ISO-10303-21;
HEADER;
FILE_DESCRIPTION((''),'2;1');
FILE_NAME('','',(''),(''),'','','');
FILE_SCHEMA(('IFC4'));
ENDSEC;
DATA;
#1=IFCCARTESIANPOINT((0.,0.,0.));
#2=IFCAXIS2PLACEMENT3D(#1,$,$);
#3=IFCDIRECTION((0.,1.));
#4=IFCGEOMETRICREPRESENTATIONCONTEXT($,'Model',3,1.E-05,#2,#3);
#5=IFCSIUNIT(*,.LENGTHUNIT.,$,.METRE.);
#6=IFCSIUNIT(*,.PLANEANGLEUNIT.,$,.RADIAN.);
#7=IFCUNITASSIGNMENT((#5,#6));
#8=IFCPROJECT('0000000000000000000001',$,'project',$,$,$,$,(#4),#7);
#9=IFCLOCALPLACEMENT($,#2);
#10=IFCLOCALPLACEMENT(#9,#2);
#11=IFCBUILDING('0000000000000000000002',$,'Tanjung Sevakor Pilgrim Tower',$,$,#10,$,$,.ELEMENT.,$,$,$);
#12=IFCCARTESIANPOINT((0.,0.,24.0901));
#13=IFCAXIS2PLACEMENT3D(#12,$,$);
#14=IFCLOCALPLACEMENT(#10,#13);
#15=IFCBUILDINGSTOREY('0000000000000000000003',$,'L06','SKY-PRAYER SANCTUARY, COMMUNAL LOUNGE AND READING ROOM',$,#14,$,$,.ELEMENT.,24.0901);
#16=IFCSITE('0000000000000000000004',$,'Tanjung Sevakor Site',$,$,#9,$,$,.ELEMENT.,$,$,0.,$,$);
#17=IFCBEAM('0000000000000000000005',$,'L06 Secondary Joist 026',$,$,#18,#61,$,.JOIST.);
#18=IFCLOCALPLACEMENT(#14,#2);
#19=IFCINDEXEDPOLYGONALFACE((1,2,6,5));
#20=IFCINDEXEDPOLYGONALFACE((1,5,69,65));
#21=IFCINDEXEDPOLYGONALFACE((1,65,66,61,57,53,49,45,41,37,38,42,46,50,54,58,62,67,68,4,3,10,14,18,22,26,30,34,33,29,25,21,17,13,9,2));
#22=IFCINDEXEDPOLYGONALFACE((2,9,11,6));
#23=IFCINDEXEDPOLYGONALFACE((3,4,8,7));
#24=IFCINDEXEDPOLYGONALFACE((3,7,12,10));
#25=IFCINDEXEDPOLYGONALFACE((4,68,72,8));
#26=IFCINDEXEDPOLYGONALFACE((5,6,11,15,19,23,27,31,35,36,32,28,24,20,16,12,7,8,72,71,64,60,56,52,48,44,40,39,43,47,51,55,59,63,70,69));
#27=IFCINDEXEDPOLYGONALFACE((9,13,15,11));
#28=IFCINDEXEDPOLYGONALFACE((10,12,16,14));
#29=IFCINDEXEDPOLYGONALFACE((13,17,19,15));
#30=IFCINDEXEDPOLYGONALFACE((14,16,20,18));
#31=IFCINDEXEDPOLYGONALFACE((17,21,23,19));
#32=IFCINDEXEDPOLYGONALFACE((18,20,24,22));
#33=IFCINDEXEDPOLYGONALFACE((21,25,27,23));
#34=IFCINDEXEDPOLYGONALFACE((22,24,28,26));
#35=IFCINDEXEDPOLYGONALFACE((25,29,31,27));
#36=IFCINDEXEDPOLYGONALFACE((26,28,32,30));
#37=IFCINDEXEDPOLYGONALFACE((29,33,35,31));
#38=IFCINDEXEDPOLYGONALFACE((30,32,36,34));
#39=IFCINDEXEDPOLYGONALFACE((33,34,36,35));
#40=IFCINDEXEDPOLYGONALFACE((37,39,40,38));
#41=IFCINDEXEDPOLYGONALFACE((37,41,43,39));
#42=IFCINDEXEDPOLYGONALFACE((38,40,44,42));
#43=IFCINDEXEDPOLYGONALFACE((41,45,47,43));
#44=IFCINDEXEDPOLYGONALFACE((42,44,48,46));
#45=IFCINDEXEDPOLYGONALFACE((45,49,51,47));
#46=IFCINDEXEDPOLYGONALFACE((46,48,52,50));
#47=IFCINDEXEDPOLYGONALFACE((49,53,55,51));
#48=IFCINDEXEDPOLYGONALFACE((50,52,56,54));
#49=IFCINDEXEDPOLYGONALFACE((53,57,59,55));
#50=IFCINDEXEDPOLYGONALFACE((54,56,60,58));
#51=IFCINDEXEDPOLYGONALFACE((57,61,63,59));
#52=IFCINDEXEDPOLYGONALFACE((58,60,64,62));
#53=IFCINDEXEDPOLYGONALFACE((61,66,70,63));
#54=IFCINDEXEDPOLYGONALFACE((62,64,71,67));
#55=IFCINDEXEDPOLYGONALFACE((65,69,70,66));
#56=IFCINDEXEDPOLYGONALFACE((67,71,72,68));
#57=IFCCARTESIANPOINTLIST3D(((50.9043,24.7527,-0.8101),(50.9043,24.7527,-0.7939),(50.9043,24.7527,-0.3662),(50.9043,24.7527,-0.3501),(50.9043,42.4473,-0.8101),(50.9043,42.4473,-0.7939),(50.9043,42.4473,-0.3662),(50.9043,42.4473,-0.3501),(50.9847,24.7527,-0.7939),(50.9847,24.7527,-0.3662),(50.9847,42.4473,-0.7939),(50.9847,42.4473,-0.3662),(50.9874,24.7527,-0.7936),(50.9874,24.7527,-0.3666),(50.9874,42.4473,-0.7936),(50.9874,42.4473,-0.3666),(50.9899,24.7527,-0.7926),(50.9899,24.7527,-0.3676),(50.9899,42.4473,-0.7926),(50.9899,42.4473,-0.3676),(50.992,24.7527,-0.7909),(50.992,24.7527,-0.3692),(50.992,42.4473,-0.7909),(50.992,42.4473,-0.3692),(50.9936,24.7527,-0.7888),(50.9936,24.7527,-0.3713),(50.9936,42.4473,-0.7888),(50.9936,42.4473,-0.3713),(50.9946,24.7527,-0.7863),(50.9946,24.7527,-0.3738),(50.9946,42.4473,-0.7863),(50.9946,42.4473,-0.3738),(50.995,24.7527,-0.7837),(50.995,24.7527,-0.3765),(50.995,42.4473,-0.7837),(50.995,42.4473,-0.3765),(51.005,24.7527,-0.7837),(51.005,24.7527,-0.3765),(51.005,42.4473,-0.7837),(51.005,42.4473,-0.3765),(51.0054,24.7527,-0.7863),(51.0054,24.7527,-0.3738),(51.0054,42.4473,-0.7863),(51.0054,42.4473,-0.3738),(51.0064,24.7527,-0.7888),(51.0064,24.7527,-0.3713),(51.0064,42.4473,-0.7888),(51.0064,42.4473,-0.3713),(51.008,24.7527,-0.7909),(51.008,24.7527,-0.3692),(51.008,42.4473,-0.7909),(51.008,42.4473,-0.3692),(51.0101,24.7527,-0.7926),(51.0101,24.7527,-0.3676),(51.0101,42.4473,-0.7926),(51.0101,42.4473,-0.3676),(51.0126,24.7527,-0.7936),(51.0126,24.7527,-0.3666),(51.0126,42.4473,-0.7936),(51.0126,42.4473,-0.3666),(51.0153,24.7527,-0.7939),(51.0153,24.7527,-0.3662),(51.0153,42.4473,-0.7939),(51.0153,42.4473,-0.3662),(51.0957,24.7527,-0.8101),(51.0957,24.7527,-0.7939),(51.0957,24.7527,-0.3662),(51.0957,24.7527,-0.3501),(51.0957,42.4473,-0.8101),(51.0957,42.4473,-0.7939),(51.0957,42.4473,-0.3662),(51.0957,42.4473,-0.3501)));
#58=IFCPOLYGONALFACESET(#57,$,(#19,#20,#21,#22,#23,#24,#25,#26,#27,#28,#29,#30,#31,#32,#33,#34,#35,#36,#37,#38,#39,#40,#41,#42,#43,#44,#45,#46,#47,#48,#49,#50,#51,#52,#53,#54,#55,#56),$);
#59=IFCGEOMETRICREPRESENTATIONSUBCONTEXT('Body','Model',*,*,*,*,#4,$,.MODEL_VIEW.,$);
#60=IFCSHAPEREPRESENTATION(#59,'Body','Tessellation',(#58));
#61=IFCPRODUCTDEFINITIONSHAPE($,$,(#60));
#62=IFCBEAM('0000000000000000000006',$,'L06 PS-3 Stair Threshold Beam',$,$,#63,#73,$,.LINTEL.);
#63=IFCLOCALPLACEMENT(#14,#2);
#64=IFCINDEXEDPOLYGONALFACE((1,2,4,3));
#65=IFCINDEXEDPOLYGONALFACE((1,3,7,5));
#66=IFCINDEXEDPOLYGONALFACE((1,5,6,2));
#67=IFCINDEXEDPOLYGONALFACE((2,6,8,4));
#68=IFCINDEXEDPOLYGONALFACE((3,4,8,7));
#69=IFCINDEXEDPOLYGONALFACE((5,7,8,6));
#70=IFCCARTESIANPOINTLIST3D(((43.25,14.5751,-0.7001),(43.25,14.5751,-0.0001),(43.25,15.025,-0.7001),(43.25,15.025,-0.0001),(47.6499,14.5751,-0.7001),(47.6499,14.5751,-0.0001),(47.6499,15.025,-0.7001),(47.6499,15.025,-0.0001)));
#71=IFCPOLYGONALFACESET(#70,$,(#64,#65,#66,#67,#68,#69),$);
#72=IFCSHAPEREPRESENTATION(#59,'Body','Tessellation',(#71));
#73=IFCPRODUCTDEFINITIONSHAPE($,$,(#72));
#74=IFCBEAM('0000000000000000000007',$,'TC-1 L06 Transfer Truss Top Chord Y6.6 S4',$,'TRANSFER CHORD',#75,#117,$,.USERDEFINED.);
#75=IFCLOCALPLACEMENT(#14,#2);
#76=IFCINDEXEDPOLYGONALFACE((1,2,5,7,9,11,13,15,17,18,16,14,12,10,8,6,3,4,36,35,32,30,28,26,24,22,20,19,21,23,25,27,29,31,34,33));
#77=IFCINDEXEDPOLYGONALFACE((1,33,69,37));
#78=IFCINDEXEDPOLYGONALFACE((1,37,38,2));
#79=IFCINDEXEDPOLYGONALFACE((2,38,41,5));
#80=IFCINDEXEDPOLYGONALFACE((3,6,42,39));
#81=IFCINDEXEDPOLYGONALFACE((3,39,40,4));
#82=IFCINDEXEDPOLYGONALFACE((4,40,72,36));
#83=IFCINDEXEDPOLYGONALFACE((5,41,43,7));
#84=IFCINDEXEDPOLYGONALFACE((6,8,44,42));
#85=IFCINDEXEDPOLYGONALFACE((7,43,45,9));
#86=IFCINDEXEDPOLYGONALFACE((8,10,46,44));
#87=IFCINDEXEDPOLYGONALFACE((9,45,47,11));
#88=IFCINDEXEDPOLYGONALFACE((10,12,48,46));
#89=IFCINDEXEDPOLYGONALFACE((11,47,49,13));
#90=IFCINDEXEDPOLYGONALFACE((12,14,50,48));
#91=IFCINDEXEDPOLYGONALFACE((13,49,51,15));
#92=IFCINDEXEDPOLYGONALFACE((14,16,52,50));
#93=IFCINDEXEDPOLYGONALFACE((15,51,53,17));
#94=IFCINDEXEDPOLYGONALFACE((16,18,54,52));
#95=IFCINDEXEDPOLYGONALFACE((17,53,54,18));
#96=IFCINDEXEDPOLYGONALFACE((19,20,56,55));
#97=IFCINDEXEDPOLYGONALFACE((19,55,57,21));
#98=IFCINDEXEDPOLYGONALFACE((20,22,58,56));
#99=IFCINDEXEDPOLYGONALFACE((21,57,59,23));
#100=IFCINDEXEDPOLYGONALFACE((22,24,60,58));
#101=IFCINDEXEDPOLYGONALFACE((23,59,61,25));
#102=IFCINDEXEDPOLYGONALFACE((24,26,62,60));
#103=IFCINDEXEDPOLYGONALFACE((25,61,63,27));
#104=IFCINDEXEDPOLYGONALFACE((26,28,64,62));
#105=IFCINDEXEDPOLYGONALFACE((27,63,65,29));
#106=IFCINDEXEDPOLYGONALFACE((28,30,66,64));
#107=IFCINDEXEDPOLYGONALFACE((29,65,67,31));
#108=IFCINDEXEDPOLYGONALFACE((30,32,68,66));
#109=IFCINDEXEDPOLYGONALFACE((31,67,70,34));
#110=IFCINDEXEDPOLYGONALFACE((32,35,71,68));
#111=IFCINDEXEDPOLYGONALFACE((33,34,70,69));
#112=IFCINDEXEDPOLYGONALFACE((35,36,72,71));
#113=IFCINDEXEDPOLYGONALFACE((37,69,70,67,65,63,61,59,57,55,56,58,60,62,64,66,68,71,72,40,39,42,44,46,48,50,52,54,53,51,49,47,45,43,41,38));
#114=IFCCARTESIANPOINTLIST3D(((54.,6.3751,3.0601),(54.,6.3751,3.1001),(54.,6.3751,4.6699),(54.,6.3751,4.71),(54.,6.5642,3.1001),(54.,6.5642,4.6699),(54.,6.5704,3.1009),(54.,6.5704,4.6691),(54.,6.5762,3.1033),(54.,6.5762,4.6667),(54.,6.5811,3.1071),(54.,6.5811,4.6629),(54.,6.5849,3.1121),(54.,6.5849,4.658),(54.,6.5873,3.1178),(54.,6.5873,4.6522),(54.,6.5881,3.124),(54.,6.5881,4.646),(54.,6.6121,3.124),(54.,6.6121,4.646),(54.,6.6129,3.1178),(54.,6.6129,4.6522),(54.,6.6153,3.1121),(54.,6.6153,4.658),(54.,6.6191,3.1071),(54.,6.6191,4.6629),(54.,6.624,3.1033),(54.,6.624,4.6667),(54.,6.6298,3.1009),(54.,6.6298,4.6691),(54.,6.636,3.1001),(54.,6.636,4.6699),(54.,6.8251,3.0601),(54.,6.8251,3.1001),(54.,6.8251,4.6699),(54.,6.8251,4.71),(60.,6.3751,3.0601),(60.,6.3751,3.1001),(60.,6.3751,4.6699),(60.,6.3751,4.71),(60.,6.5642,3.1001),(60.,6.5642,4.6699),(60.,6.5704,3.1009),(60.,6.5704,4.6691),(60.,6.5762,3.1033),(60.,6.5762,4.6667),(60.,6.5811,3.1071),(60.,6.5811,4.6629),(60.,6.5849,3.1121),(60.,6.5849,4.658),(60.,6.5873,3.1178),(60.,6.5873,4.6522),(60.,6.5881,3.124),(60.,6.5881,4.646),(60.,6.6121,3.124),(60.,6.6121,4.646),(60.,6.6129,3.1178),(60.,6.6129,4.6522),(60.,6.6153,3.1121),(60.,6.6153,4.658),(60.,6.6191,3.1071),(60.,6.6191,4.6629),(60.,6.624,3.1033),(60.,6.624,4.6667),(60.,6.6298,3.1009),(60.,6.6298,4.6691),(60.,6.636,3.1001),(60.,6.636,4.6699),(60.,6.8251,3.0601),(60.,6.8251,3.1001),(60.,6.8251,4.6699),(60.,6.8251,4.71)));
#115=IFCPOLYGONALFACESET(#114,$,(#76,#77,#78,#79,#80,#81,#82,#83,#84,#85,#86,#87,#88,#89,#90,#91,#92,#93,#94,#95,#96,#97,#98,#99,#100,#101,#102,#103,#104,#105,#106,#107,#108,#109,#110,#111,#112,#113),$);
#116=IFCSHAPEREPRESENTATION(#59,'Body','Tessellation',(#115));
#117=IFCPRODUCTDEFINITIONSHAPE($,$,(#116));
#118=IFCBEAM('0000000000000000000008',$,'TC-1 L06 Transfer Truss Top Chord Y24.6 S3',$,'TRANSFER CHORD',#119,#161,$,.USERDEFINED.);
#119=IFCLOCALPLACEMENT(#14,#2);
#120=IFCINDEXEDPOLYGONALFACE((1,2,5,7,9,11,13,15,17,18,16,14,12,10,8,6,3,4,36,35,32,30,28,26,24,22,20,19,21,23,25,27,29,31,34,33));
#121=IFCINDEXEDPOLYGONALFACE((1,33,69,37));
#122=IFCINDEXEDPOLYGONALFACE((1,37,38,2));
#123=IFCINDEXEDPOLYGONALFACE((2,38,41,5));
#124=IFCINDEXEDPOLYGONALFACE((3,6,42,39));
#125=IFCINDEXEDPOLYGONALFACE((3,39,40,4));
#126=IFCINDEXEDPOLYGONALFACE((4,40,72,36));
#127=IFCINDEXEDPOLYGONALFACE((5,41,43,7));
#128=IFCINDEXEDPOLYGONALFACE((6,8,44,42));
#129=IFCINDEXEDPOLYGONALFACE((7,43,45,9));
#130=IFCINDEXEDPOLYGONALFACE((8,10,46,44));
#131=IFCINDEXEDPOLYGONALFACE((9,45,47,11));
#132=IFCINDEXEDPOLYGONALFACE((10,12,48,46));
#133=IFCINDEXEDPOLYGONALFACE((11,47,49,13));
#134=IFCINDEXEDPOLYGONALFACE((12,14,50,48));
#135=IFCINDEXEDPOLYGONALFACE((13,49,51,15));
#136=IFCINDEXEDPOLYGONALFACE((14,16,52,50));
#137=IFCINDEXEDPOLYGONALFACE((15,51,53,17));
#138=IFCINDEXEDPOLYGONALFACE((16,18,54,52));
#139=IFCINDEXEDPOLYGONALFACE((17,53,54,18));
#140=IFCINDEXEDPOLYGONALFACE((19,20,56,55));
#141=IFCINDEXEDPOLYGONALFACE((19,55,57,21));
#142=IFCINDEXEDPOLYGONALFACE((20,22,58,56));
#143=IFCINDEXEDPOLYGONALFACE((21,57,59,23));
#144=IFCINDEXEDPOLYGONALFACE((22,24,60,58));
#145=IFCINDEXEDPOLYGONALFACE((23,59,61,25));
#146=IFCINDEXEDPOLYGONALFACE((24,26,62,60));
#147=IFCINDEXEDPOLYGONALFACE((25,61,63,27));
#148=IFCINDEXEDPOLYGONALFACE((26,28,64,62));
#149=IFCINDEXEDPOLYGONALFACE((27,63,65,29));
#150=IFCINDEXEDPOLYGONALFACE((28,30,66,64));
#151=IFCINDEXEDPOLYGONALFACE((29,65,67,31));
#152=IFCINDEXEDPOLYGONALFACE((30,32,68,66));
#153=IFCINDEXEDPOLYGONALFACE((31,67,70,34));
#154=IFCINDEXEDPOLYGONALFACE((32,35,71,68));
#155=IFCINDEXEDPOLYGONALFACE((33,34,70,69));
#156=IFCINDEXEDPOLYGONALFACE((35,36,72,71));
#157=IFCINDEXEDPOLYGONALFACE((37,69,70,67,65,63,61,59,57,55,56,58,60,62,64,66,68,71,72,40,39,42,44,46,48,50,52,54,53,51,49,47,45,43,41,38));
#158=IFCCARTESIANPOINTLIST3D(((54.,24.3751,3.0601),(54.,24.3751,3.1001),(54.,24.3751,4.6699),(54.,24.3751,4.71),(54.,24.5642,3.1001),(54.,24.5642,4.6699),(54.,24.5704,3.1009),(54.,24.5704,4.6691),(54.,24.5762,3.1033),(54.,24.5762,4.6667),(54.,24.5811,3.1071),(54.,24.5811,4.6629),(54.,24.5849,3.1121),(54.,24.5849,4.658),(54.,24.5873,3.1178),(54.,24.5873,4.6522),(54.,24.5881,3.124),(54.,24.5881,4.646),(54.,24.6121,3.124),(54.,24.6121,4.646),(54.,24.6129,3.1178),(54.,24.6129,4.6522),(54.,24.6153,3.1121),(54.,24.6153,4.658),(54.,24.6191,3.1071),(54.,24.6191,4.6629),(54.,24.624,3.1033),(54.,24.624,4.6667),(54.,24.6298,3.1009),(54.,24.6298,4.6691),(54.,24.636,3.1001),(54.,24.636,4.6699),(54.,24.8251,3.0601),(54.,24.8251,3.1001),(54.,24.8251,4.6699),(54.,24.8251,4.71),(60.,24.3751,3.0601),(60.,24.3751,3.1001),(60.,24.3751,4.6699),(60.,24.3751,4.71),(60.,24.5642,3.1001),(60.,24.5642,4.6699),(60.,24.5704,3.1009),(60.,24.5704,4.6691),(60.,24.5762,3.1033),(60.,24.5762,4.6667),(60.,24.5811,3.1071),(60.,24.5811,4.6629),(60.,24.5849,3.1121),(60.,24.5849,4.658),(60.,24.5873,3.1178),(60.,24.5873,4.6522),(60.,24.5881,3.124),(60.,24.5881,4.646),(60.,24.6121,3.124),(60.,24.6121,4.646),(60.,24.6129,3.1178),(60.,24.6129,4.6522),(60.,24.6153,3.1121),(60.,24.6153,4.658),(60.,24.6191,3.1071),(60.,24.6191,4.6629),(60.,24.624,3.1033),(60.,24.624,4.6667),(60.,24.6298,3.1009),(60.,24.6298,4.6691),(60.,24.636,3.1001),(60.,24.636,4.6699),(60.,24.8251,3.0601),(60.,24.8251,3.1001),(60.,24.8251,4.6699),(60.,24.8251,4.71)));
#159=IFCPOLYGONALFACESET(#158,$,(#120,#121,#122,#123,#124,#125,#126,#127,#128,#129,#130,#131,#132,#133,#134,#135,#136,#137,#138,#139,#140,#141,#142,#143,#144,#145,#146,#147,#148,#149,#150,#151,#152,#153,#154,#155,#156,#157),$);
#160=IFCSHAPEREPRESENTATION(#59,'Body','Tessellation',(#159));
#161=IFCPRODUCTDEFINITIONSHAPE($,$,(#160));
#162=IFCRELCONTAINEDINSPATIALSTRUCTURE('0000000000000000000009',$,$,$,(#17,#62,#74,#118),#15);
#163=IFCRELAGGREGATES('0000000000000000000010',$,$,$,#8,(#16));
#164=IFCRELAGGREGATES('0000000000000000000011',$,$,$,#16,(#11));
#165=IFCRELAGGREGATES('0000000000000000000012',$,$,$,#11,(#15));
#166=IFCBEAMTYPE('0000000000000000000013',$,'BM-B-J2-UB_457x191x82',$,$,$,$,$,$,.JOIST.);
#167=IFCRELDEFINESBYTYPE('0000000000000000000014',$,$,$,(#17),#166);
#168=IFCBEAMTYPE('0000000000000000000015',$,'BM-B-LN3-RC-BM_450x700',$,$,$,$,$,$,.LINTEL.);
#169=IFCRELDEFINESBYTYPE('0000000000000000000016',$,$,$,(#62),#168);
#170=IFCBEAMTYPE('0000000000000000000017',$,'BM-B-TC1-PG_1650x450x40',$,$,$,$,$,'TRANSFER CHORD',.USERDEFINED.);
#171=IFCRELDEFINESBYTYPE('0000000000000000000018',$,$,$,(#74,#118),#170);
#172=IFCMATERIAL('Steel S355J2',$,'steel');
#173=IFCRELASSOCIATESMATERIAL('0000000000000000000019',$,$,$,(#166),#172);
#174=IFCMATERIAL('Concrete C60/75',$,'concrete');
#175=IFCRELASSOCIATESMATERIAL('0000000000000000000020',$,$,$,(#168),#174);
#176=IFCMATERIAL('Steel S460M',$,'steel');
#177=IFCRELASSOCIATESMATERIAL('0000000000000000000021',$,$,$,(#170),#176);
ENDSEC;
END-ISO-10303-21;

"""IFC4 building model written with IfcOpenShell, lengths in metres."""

from ifc_helpers import new_model, si_unit, direction, frame, origin, origin_2d, place, context, subcontext, project, spatial, rectangle, i_section, extrude, material, material_profile, profile_set, type_object, element, save


model = new_model("IFC4")

# Units and contexts
model_context = context("Model", 3, precision=1e-05, world=origin(), true_north=direction((0.0, 1.0)))
body_context = subcontext(model_context, "Body", "Model", "MODEL_VIEW")
ifc_project = project(units=[si_unit("LENGTHUNIT", "METRE"), si_unit("PLANEANGLEUNIT", "RADIAN")], contexts=[model_context])

# Site, building, storey
site_placement = place(None, origin())
site = spatial("IfcSite", under=ifc_project, at=site_placement, Name="Tanjung Sevakor Site", CompositionType="ELEMENT", RefElevation=0.0)
building_placement = place(site_placement, origin())
building = spatial("IfcBuilding", under=site, at=building_placement, Name="Tanjung Sevakor Pilgrim Tower", CompositionType="ELEMENT")
storey_placement = place(building_placement, frame((0.0, 0.0, 24.0901)))
storey = spatial("IfcBuildingStorey", under=building, at=storey_placement, Name="L06", Description="SKY-PRAYER SANCTUARY, COMMUNAL LOUNGE AND READING ROOM", CompositionType="ELEMENT", Elevation=24.0901)

# Beams
ifc_material_1 = material(Name="Steel S355J2", Category="steel")
ifc_material_profile_1 = material_profile(ifc_material_1, i_section(OverallWidth=0.1914, OverallDepth=0.46, WebThickness=0.01, FlangeThickness=0.0161, FilletRadius=0.0103, at=origin_2d()))
ifc_profile_set_1 = profile_set([ifc_material_profile_1], Name="Steel S355J2")
beam_type_1 = type_object("IfcBeamType", Name="BM-B-J2-UB_457x191x82", PredefinedType="JOIST", material=ifc_profile_set_1)
for number, where, z_axis, x_axis, name in (
    (1, (51.0, 24.7527, -0.5801), (0.0, 1.0, 0.0), (-1.0, 0.0, 0.0), "L06 Secondary Joist 026"),
):
    element("IfcBeam", number, at=place(storey_placement, frame(where, z_axis=z_axis, x_axis=x_axis)), inside=storey, type_object=beam_type_1, Name=name, PredefinedType="JOIST", context=body_context, shape_type="SweptSolid", body=[
        extrude(i_section(OverallWidth=0.1914, OverallDepth=0.46, WebThickness=0.01, FlangeThickness=0.0161, FilletRadius=0.0103, at=origin_2d()), origin(), (0.0, 0.0, 1.0), 17.6946),
    ])
ifc_material_2 = material(Name="Concrete C60/75", Category="concrete")
ifc_material_profile_2 = material_profile(ifc_material_2, rectangle(XDim=0.45, YDim=0.7, at=origin_2d()))
ifc_profile_set_2 = profile_set([ifc_material_profile_2], Name="Concrete C60/75")
beam_type_2 = type_object("IfcBeamType", Name="BM-B-LN3-RC-BM_450x700", PredefinedType="LINTEL", material=ifc_profile_set_2)
beam_1_placement = place(storey_placement, frame((43.25, 14.8, -0.3501), z_axis=(1.0, 0.0, 0.0), x_axis=(0.0, 1.0, 0.0)))
element("IfcBeam", 2, at=beam_1_placement, inside=storey, type_object=beam_type_2, Name="L06 PS-3 Stair Threshold Beam", PredefinedType="LINTEL", context=body_context, shape_type="SweptSolid", body=[
    extrude(rectangle(XDim=0.45, YDim=0.7, at=origin_2d()), origin(), (0.0, 0.0, 1.0), 4.3999),
])
ifc_material_3 = material(Name="Steel S460M", Category="steel")
ifc_material_profile_3 = material_profile(ifc_material_3, i_section(OverallWidth=0.45, OverallDepth=1.6499, WebThickness=0.0239, FlangeThickness=0.04, FilletRadius=0.0239, at=origin_2d()))
ifc_profile_set_3 = profile_set([ifc_material_profile_3], Name="Steel S460M")
beam_type_3 = type_object("IfcBeamType", Name="BM-B-TC1-PG_1650x450x40", ElementType="TRANSFER CHORD", PredefinedType="USERDEFINED", material=ifc_profile_set_3)
for number, where, z_axis, x_axis, name in (
    (3, (54.0, 6.6001, 3.885), (1.0, 0.0, 0.0), (0.0, 1.0, 0.0), "TC-1 L06 Transfer Truss Top Chord Y6.6 S4"),
    (4, (54.0, 24.6001, 3.885), (1.0, 0.0, 0.0), (0.0, 1.0, 0.0), "TC-1 L06 Transfer Truss Top Chord Y24.6 S3"),
):
    element("IfcBeam", number, at=place(storey_placement, frame(where, z_axis=z_axis, x_axis=x_axis)), inside=storey, type_object=beam_type_3, Name=name, ObjectType="TRANSFER CHORD", PredefinedType="USERDEFINED", context=body_context, shape_type="SweptSolid", body=[
        extrude(i_section(OverallWidth=0.45, OverallDepth=1.6499, WebThickness=0.0239, FlangeThickness=0.04, FilletRadius=0.0239, at=origin_2d()), origin(), (0.0, 0.0, 1.0), 6.0),
    ])

save(model, "model.ifc")
